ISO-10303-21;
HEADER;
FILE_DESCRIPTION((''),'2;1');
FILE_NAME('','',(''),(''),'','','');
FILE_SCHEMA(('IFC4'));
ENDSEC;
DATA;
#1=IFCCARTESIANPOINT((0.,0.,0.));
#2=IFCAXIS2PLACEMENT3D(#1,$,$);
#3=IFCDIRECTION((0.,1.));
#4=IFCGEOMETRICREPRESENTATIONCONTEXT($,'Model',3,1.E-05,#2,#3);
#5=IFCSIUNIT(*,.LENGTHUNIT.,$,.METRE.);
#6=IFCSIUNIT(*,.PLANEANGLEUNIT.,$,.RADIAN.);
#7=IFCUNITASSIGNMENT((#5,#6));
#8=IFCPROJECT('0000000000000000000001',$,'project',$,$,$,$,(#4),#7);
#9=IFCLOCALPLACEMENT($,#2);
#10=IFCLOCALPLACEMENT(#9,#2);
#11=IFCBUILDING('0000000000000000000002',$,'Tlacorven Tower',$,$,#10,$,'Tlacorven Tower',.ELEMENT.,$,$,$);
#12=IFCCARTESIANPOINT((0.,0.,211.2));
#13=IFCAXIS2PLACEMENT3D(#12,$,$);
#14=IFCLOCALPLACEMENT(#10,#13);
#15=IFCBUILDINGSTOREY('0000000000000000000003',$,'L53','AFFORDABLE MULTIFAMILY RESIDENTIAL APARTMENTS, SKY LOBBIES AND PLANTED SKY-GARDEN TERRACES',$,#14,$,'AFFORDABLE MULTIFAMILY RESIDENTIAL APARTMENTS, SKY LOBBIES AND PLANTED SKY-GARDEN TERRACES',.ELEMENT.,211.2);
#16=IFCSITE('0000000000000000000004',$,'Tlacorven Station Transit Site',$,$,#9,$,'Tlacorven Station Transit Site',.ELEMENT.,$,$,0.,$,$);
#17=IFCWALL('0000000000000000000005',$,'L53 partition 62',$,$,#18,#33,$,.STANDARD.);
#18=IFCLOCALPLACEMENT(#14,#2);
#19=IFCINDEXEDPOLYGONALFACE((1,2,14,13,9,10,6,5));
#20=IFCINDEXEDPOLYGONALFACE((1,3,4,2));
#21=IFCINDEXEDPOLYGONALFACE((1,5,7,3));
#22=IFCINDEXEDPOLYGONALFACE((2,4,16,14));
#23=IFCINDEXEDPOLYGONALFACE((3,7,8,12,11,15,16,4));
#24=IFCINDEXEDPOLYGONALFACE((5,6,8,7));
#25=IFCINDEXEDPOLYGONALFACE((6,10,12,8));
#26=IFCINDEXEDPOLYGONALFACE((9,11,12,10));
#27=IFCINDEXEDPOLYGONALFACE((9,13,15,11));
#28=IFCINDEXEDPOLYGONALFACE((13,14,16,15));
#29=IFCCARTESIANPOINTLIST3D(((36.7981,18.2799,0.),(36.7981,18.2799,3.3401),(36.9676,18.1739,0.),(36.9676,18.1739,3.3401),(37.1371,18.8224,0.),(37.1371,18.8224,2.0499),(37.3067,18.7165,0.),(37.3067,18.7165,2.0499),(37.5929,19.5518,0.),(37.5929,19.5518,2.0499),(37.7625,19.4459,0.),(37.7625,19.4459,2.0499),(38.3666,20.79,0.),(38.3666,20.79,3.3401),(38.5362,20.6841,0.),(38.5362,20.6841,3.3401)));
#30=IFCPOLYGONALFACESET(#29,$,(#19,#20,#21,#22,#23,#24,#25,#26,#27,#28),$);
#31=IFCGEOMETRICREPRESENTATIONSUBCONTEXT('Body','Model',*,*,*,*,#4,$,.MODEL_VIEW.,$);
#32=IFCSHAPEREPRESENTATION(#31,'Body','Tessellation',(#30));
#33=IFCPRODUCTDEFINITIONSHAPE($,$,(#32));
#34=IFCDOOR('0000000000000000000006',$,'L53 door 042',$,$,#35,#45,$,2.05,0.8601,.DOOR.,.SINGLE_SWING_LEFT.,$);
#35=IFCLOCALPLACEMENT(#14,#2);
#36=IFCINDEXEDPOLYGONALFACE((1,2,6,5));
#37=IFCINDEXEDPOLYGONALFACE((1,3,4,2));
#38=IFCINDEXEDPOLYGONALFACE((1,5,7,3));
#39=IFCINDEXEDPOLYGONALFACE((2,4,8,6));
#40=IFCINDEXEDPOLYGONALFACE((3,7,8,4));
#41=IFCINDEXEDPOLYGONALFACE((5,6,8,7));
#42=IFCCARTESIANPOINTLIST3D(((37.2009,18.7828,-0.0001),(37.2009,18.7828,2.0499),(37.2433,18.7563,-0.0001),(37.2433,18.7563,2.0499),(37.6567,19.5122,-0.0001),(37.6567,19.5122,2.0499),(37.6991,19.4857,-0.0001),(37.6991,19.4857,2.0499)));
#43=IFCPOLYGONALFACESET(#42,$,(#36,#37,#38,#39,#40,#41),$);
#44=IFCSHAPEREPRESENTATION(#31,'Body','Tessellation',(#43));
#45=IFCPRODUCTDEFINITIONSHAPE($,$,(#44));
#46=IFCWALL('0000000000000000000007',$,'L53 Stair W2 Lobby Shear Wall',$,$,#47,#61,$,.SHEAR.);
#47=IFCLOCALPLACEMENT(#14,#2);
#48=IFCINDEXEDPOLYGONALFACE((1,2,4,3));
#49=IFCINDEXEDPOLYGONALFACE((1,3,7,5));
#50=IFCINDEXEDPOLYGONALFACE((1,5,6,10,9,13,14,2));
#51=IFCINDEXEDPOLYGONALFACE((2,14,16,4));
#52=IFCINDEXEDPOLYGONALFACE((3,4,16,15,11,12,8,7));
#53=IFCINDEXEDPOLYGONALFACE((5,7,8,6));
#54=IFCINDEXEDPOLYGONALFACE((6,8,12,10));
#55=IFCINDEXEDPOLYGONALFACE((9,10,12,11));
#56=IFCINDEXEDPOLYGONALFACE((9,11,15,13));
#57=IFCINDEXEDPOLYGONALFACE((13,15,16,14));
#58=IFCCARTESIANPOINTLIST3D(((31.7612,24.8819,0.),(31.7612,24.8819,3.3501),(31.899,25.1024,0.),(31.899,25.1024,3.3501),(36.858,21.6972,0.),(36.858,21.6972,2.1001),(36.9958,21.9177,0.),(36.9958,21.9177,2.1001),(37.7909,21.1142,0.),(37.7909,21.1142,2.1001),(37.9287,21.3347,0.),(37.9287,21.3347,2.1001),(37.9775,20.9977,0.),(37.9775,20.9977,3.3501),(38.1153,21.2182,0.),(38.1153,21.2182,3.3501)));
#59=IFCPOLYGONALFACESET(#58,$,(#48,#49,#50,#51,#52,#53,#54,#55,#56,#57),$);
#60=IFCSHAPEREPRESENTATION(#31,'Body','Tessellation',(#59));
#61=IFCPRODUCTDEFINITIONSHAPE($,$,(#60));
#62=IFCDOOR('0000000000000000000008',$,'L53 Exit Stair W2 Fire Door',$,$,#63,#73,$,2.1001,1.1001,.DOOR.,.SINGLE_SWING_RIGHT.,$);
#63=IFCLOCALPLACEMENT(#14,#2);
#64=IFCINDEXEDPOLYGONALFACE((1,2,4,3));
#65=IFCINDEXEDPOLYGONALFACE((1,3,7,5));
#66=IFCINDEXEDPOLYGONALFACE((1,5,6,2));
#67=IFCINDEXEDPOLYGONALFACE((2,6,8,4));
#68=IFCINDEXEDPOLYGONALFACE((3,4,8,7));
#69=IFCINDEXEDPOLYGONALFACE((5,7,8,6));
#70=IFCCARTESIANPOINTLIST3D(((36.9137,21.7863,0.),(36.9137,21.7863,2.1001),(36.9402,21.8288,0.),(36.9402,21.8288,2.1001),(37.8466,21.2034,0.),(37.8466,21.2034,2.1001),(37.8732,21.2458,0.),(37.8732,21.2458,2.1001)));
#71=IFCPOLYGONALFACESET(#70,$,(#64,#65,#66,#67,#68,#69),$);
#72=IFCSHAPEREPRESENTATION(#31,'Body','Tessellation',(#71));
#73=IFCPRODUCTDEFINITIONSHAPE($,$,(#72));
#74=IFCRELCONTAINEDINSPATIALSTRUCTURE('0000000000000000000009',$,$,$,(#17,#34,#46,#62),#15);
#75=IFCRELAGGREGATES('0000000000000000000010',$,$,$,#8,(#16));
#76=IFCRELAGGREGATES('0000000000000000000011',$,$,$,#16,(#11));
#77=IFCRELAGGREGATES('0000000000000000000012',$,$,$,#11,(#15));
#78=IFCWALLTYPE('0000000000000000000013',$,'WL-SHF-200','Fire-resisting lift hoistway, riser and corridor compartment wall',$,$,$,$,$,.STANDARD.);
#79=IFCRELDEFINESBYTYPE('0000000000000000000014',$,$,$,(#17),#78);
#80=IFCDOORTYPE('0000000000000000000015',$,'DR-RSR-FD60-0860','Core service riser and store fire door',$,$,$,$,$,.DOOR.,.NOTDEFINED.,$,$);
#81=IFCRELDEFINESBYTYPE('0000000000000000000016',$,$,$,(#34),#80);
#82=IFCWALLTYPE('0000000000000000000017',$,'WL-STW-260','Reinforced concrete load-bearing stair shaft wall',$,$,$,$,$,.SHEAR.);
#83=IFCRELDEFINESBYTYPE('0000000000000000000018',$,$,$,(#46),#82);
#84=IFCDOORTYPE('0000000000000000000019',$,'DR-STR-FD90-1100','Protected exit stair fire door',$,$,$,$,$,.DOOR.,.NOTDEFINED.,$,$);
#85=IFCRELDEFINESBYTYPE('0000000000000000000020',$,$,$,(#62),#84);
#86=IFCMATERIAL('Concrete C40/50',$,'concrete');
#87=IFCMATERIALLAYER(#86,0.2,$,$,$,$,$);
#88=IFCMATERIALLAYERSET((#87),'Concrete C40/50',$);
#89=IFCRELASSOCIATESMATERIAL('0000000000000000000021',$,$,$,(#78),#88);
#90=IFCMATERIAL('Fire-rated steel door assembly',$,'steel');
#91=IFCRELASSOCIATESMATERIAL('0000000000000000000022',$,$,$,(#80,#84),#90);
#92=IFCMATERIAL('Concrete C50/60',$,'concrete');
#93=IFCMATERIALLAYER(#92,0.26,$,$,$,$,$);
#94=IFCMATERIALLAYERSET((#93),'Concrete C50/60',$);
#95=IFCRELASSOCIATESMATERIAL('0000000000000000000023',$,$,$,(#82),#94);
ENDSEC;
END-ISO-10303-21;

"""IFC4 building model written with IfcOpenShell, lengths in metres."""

from ifc_helpers import new_model, si_unit, direction, frame, frame_2d, origin, place, context, subcontext, project, spatial, rectangle, extrude, source, transform, mapped, material, layer, layer_set, type_object, element, fill, save


model = new_model("IFC4")

# Units and contexts
model_context = context("Model", 3, precision=1e-05, world=origin(), true_north=direction((0.0, 1.0)))
body_context = subcontext(model_context, "Body", "Model", "MODEL_VIEW")
ifc_project = project(units=[si_unit("LENGTHUNIT", "METRE"), si_unit("PLANEANGLEUNIT", "RADIAN")], contexts=[model_context])

# Site, building, storey
site_placement = place(None, origin())
site = spatial("IfcSite", under=ifc_project, at=site_placement, Name="Tlacorven Station Transit Site", LongName="Tlacorven Station Transit Site", CompositionType="ELEMENT", RefElevation=0.0)
building_placement = place(site_placement, origin())
building = spatial("IfcBuilding", under=site, at=building_placement, Name="Tlacorven Tower", LongName="Tlacorven Tower", CompositionType="ELEMENT")
storey_placement = place(building_placement, frame((0.0, 0.0, 211.2)))
storey = spatial("IfcBuildingStorey", under=building, at=storey_placement, Name="L53", Description="AFFORDABLE MULTIFAMILY RESIDENTIAL APARTMENTS, SKY LOBBIES AND PLANTED SKY-GARDEN TERRACES", LongName="AFFORDABLE MULTIFAMILY RESIDENTIAL APARTMENTS, SKY LOBBIES AND PLANTED SKY-GARDEN TERRACES", CompositionType="ELEMENT", Elevation=211.2)

# Shared definitions
ifc_material_1 = material(Name="Concrete C50/60", Category="concrete")

# Walls, openings, doors
ifc_material_2 = material(Name="Concrete C40/50", Category="concrete")
ifc_layer_1 = layer(ifc_material_2, 0.2)
ifc_layer_set_1 = layer_set([ifc_layer_1], Name="Concrete C40/50")
wall_type_1 = type_object("IfcWallType", Name="WL-SHF-200", Description="Fire-resisting lift hoistway, riser and corridor compartment wall", PredefinedType="STANDARD", material=ifc_layer_set_1)
ifc_material_3 = material(Name="Fire-rated steel door assembly", Category="steel")
wall_1_placement = place(storey_placement, frame((38.4514, 20.7371, 0.0), z_axis=(0.0, 0.0, 1.0), x_axis=(-0.529925, -0.848045, 0.0)))
wall_1 = element("IfcWall", 1, at=wall_1_placement, inside=storey, type_object=wall_type_1, Name="L53 partition 62", PredefinedType="STANDARD", context=body_context, shape_type="SweptSolid", body=[
    extrude(rectangle(XDim=2.96, YDim=0.2, at=frame_2d((1.48, 0.0))), origin(), (0.0, 0.0, 1.0), 3.3401),
])
opening_1_placement = place(wall_1_placement, frame((1.46, 0.0, 0.0)))
opening_1 = element("IfcOpeningElement", 2, at=opening_1_placement, cuts=wall_1, PredefinedType="OPENING", context=body_context, shape_type="SweptSolid", body=[
    extrude(rectangle(XDim=0.8601, YDim=2.05, at=frame_2d((0.4302, 1.0249))), frame((0.0, 0.1099, 0.0), z_axis=(0.0, -1.0, 0.0), x_axis=(1.0, 0.0, 0.0)), (0.0, 0.0, 1.0), 0.22),
])
door_type_1 = type_object("IfcDoorType", Name="DR-RSR-FD60-0860", Description="Core service riser and store fire door", OperationType="NOTDEFINED", PredefinedType="DOOR", material=ifc_material_3)
shared_shape_1 = source(origin(), body_context, "Body", "SweptSolid", [
    extrude(rectangle(XDim=0.8601, YDim=2.05, at=frame_2d((0.4302, 1.0249))), frame((0.0, 0.0249, 0.0), z_axis=(0.0, -1.0, 0.0), x_axis=(1.0, 0.0, 0.0)), (0.0, 0.0, 1.0), 0.05),
])
door_1_placement = place(opening_1_placement, frame((0.8601, 0.0, 0.0), z_axis=(0.0, 0.0, 1.0), x_axis=(-1.0, 0.0, 0.0)))
door_1 = element("IfcDoor", 3, at=door_1_placement, inside=storey, type_object=door_type_1, Name="L53 door 042", OperationType="SINGLE_SWING_LEFT", OverallHeight=2.05, OverallWidth=0.8601, PredefinedType="DOOR", context=body_context, shape_type="MappedRepresentation", body=[
    mapped(shared_shape_1, transform((0.0, 0.0, 0.0), scale=1.0)),
])
fill(opening_1, door_1)
ifc_layer_2 = layer(ifc_material_1, 0.26)
ifc_layer_set_2 = layer_set([ifc_layer_2], Name="Concrete C50/60")
wall_type_2 = type_object("IfcWallType", Name="WL-STW-260", Description="Reinforced concrete load-bearing stair shaft wall", PredefinedType="SHEAR", material=ifc_layer_set_2)
wall_2_placement = place(storey_placement, frame((38.0464, 21.1079, 0.0), z_axis=(0.0, 0.0, 1.0), x_axis=(-0.848054, 0.529909, 0.0)))
wall_2 = element("IfcWall", 4, at=wall_2_placement, inside=storey, type_object=wall_type_2, Name="L53 Stair W2 Lobby Shear Wall", PredefinedType="SHEAR", context=body_context, shape_type="SweptSolid", body=[
    extrude(rectangle(XDim=7.3301, YDim=0.26, at=frame_2d((3.665, 0.0))), origin(), (0.0, 0.0, 1.0), 3.3501),
])
opening_2_placement = place(wall_2_placement, frame((0.22, 0.0, 0.0)))
opening_2 = element("IfcOpeningElement", 5, at=opening_2_placement, cuts=wall_2, PredefinedType="OPENING", context=body_context, shape_type="SweptSolid", body=[
    extrude(rectangle(XDim=1.1001, YDim=2.1001, at=frame_2d((0.55, 1.05))), frame((0.0, 0.1401, 0.0), z_axis=(0.0, -1.0, 0.0), x_axis=(1.0, 0.0, 0.0)), (0.0, 0.0, 1.0), 0.28),
])
door_type_2 = type_object("IfcDoorType", Name="DR-STR-FD90-1100", Description="Protected exit stair fire door", OperationType="NOTDEFINED", PredefinedType="DOOR", material=ifc_material_3)
shared_shape_2 = source(origin(), body_context, "Body", "SweptSolid", [
    extrude(rectangle(XDim=1.1001, YDim=2.1001, at=frame_2d((0.55, 1.05))), frame((0.0, 0.0249, 0.0), z_axis=(0.0, -1.0, 0.0), x_axis=(1.0, 0.0, 0.0)), (0.0, 0.0, 1.0), 0.05),
])
door_2_placement = place(opening_2_placement, origin())
door_2 = element("IfcDoor", 6, at=door_2_placement, inside=storey, type_object=door_type_2, Name="L53 Exit Stair W2 Fire Door", OperationType="SINGLE_SWING_RIGHT", OverallHeight=2.1001, OverallWidth=1.1001, PredefinedType="DOOR", context=body_context, shape_type="MappedRepresentation", body=[
    mapped(shared_shape_2, transform((0.0, 0.0, 0.0), scale=1.0)),
])
fill(opening_2, door_2)

save(model, "model.ifc")
